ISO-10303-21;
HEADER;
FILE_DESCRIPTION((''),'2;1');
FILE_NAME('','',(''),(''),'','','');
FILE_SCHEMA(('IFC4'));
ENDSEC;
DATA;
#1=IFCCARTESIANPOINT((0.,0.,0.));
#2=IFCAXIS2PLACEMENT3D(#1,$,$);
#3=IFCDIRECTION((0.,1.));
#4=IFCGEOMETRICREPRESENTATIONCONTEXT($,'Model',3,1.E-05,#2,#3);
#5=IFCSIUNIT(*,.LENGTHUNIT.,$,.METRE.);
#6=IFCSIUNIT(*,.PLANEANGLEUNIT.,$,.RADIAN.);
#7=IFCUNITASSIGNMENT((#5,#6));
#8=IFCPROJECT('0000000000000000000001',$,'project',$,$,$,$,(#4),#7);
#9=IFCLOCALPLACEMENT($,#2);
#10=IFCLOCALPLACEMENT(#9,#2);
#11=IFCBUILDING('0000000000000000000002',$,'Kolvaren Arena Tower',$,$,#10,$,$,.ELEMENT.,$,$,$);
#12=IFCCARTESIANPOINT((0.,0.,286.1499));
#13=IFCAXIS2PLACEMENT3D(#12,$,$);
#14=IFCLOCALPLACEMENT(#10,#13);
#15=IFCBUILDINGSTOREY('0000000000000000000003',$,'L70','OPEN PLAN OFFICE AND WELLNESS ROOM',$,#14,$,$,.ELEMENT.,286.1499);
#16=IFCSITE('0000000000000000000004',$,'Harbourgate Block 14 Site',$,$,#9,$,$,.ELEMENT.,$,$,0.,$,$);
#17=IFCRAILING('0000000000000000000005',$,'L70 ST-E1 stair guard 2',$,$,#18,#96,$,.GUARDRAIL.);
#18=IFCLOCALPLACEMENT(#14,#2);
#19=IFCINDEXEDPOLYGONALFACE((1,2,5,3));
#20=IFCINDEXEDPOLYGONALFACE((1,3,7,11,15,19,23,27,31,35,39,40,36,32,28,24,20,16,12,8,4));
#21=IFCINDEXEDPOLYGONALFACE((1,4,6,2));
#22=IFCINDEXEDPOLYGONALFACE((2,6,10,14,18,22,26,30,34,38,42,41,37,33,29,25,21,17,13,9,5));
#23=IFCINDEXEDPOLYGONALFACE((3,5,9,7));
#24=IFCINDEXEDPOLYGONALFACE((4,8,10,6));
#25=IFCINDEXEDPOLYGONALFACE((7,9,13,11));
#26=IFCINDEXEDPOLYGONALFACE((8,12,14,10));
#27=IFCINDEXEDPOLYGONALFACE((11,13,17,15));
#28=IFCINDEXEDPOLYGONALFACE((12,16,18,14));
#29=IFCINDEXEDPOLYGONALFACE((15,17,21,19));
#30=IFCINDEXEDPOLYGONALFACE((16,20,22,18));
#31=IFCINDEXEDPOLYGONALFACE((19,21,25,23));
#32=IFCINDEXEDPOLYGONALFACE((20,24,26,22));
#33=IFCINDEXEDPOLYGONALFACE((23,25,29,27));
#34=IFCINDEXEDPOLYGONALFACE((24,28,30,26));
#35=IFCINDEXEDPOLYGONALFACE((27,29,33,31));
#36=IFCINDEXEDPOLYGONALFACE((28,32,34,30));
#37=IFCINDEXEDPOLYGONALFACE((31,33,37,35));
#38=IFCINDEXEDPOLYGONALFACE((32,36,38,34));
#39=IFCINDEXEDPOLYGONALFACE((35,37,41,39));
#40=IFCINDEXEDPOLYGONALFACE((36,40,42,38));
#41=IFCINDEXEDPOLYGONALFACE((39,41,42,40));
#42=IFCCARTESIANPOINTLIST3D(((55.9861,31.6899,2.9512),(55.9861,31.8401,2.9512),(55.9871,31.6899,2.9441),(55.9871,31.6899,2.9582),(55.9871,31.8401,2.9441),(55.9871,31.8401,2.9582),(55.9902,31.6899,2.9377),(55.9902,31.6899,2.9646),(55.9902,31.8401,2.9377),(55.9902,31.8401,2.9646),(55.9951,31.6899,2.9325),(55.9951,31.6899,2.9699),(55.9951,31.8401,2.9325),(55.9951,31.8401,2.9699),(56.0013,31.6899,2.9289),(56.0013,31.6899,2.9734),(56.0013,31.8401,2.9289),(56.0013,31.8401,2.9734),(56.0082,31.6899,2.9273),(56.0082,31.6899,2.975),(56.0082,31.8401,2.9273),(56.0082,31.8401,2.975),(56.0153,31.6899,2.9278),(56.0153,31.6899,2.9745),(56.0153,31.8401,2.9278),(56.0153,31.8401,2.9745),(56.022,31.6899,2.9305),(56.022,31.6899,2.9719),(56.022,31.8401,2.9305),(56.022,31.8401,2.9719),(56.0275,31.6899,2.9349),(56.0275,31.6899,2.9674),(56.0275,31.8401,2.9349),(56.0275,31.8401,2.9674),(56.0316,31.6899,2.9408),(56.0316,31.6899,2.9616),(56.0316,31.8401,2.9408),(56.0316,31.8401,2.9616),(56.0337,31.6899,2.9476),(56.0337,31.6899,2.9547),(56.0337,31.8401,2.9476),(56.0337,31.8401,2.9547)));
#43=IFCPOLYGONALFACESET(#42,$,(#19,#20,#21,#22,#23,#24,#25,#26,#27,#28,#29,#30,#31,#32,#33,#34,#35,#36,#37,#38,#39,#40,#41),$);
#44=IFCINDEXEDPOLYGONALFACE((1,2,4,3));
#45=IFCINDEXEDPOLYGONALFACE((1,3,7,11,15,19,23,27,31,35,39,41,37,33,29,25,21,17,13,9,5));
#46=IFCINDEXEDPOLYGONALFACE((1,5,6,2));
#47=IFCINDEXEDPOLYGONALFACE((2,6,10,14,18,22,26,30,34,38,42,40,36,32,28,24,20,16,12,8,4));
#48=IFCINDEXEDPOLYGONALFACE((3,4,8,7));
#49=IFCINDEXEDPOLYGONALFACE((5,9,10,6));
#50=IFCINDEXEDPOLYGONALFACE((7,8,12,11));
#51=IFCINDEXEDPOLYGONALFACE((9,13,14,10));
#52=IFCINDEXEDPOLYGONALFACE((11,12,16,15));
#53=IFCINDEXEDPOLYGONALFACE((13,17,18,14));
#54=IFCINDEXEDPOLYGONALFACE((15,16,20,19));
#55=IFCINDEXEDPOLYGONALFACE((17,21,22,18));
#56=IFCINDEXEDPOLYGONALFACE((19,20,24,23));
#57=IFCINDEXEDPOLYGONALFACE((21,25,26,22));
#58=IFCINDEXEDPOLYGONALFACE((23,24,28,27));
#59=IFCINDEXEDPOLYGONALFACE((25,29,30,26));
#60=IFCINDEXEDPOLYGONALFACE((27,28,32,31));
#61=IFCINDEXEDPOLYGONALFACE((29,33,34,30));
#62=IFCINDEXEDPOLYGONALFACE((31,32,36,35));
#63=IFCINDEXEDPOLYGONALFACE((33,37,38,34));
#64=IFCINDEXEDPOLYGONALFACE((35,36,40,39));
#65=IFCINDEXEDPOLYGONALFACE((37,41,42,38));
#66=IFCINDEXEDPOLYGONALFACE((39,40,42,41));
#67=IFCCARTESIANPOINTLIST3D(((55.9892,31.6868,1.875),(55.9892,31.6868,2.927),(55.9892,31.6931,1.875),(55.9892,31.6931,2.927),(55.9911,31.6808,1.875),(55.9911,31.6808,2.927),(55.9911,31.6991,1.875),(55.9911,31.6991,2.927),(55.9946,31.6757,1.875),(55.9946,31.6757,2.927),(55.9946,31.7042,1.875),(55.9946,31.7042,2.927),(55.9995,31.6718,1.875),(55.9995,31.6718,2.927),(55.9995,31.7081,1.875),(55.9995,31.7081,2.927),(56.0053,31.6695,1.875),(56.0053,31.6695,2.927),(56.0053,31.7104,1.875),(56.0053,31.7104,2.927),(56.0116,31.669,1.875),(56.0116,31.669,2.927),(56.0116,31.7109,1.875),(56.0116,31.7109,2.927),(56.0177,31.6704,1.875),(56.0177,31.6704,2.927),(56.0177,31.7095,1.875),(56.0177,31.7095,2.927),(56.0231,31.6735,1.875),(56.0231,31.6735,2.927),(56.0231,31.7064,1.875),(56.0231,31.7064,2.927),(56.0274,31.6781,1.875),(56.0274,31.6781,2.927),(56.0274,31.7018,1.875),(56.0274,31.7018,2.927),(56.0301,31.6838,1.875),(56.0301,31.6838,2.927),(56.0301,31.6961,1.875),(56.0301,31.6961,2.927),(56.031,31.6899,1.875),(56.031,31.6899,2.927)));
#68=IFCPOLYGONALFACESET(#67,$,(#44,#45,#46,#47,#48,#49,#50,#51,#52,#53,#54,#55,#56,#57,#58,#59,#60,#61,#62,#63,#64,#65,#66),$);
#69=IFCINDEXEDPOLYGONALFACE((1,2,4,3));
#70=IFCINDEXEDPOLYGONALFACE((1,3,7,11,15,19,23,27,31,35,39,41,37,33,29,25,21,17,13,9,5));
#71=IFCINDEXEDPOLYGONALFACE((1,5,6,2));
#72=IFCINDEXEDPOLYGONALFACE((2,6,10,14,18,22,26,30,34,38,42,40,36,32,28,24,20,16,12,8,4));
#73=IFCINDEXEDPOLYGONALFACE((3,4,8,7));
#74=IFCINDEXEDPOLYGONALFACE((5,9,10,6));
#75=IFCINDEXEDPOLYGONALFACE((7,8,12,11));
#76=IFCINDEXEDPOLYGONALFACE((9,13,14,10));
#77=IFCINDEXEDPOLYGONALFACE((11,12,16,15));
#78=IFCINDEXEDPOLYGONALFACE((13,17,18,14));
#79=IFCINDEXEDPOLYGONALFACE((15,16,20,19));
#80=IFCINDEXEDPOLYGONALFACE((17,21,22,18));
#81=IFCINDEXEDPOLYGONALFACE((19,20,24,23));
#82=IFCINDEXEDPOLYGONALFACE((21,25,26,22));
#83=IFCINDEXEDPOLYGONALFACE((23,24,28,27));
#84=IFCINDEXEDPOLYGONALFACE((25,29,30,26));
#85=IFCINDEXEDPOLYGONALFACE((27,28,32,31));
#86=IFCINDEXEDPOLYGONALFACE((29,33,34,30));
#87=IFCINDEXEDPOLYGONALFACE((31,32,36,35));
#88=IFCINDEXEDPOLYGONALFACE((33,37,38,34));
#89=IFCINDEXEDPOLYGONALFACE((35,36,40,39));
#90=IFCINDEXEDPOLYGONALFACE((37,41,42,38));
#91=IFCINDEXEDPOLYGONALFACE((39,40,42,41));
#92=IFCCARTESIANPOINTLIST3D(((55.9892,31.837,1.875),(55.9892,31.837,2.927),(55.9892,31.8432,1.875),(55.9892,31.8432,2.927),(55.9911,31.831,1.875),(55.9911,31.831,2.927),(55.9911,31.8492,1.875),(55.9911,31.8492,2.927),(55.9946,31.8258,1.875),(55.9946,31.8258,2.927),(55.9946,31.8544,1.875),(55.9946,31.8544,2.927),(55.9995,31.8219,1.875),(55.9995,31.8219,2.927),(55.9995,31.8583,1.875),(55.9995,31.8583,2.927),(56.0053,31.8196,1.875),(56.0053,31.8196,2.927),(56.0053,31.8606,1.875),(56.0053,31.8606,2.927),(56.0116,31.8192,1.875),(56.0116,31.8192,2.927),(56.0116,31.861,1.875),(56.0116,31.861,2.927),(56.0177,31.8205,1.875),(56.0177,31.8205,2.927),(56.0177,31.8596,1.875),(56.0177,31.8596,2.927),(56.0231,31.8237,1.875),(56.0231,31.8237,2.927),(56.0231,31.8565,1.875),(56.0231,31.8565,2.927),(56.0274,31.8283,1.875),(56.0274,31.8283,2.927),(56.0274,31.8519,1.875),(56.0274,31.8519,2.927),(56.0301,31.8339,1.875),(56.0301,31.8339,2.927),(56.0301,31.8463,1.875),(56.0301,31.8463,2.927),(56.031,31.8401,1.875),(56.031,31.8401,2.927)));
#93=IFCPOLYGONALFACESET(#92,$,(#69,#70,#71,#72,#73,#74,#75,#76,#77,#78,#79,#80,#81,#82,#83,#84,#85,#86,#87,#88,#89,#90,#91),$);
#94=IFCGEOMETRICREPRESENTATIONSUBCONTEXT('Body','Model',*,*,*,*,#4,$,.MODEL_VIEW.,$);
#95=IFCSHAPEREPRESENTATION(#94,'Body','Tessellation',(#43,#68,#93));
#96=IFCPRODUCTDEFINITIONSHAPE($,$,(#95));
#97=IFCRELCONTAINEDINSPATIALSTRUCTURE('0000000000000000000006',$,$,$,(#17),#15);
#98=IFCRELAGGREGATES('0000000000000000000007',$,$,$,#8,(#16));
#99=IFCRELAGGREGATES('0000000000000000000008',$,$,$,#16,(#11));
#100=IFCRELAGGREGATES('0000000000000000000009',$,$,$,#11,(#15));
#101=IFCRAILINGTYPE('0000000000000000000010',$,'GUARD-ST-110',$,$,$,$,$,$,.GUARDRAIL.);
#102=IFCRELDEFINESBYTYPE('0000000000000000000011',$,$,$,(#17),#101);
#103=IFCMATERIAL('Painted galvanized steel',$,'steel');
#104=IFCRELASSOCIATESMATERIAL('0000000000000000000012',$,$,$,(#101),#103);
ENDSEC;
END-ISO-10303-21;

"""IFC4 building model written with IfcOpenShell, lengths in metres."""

from ifc_helpers import new_model, si_unit, direction, frame, origin, origin_2d, place, context, subcontext, project, spatial, circle, extrude, material, type_object, element, save


model = new_model("IFC4")

# Units and contexts
model_context = context("Model", 3, precision=1e-05, world=origin(), true_north=direction((0.0, 1.0)))
body_context = subcontext(model_context, "Body", "Model", "MODEL_VIEW")
ifc_project = project(units=[si_unit("LENGTHUNIT", "METRE"), si_unit("PLANEANGLEUNIT", "RADIAN")], contexts=[model_context])

# Site, building, storey
site_placement = place(None, origin())
site = spatial("IfcSite", under=ifc_project, at=site_placement, Name="Harbourgate Block 14 Site", CompositionType="ELEMENT", RefElevation=0.0)
building_placement = place(site_placement, origin())
building = spatial("IfcBuilding", under=site, at=building_placement, Name="Kolvaren Arena Tower", CompositionType="ELEMENT")
storey_placement = place(building_placement, frame((0.0, 0.0, 286.1499)))
storey = spatial("IfcBuildingStorey", under=building, at=storey_placement, Name="L70", Description="OPEN PLAN OFFICE AND WELLNESS ROOM", CompositionType="ELEMENT", Elevation=286.1499)

# Railing
ifc_material_1 = material(Name="Painted galvanized steel", Category="steel")
railing_type_1 = type_object("IfcRailingType", Name="GUARD-ST-110", PredefinedType="GUARDRAIL", material=ifc_material_1)
railing_1_placement = place(storey_placement, frame((56.01, 31.6899, 1.875)))
element("IfcRailing", 1, at=railing_1_placement, inside=storey, type_object=railing_type_1, Name="L70 ST-E1 stair guard 2", PredefinedType="GUARDRAIL", context=body_context, shape_type="SweptSolid", body=[
    extrude(circle(Radius=0.0239, at=origin_2d()), frame((0.0, 0.0, 1.0762), z_axis=(0.0, 1.0, 0.0), x_axis=(-1.0, 0.0, 0.0)), (0.0, 0.0, 1.0), 0.1501),
    extrude(circle(Radius=0.021, at=origin_2d()), origin(), (0.0, 0.0, 1.0), 1.052),
    extrude(circle(Radius=0.021, at=origin_2d()), frame((0.0, 0.1501, 0.0)), (0.0, 0.0, 1.0), 1.052),
])

save(model, "model.ifc")
